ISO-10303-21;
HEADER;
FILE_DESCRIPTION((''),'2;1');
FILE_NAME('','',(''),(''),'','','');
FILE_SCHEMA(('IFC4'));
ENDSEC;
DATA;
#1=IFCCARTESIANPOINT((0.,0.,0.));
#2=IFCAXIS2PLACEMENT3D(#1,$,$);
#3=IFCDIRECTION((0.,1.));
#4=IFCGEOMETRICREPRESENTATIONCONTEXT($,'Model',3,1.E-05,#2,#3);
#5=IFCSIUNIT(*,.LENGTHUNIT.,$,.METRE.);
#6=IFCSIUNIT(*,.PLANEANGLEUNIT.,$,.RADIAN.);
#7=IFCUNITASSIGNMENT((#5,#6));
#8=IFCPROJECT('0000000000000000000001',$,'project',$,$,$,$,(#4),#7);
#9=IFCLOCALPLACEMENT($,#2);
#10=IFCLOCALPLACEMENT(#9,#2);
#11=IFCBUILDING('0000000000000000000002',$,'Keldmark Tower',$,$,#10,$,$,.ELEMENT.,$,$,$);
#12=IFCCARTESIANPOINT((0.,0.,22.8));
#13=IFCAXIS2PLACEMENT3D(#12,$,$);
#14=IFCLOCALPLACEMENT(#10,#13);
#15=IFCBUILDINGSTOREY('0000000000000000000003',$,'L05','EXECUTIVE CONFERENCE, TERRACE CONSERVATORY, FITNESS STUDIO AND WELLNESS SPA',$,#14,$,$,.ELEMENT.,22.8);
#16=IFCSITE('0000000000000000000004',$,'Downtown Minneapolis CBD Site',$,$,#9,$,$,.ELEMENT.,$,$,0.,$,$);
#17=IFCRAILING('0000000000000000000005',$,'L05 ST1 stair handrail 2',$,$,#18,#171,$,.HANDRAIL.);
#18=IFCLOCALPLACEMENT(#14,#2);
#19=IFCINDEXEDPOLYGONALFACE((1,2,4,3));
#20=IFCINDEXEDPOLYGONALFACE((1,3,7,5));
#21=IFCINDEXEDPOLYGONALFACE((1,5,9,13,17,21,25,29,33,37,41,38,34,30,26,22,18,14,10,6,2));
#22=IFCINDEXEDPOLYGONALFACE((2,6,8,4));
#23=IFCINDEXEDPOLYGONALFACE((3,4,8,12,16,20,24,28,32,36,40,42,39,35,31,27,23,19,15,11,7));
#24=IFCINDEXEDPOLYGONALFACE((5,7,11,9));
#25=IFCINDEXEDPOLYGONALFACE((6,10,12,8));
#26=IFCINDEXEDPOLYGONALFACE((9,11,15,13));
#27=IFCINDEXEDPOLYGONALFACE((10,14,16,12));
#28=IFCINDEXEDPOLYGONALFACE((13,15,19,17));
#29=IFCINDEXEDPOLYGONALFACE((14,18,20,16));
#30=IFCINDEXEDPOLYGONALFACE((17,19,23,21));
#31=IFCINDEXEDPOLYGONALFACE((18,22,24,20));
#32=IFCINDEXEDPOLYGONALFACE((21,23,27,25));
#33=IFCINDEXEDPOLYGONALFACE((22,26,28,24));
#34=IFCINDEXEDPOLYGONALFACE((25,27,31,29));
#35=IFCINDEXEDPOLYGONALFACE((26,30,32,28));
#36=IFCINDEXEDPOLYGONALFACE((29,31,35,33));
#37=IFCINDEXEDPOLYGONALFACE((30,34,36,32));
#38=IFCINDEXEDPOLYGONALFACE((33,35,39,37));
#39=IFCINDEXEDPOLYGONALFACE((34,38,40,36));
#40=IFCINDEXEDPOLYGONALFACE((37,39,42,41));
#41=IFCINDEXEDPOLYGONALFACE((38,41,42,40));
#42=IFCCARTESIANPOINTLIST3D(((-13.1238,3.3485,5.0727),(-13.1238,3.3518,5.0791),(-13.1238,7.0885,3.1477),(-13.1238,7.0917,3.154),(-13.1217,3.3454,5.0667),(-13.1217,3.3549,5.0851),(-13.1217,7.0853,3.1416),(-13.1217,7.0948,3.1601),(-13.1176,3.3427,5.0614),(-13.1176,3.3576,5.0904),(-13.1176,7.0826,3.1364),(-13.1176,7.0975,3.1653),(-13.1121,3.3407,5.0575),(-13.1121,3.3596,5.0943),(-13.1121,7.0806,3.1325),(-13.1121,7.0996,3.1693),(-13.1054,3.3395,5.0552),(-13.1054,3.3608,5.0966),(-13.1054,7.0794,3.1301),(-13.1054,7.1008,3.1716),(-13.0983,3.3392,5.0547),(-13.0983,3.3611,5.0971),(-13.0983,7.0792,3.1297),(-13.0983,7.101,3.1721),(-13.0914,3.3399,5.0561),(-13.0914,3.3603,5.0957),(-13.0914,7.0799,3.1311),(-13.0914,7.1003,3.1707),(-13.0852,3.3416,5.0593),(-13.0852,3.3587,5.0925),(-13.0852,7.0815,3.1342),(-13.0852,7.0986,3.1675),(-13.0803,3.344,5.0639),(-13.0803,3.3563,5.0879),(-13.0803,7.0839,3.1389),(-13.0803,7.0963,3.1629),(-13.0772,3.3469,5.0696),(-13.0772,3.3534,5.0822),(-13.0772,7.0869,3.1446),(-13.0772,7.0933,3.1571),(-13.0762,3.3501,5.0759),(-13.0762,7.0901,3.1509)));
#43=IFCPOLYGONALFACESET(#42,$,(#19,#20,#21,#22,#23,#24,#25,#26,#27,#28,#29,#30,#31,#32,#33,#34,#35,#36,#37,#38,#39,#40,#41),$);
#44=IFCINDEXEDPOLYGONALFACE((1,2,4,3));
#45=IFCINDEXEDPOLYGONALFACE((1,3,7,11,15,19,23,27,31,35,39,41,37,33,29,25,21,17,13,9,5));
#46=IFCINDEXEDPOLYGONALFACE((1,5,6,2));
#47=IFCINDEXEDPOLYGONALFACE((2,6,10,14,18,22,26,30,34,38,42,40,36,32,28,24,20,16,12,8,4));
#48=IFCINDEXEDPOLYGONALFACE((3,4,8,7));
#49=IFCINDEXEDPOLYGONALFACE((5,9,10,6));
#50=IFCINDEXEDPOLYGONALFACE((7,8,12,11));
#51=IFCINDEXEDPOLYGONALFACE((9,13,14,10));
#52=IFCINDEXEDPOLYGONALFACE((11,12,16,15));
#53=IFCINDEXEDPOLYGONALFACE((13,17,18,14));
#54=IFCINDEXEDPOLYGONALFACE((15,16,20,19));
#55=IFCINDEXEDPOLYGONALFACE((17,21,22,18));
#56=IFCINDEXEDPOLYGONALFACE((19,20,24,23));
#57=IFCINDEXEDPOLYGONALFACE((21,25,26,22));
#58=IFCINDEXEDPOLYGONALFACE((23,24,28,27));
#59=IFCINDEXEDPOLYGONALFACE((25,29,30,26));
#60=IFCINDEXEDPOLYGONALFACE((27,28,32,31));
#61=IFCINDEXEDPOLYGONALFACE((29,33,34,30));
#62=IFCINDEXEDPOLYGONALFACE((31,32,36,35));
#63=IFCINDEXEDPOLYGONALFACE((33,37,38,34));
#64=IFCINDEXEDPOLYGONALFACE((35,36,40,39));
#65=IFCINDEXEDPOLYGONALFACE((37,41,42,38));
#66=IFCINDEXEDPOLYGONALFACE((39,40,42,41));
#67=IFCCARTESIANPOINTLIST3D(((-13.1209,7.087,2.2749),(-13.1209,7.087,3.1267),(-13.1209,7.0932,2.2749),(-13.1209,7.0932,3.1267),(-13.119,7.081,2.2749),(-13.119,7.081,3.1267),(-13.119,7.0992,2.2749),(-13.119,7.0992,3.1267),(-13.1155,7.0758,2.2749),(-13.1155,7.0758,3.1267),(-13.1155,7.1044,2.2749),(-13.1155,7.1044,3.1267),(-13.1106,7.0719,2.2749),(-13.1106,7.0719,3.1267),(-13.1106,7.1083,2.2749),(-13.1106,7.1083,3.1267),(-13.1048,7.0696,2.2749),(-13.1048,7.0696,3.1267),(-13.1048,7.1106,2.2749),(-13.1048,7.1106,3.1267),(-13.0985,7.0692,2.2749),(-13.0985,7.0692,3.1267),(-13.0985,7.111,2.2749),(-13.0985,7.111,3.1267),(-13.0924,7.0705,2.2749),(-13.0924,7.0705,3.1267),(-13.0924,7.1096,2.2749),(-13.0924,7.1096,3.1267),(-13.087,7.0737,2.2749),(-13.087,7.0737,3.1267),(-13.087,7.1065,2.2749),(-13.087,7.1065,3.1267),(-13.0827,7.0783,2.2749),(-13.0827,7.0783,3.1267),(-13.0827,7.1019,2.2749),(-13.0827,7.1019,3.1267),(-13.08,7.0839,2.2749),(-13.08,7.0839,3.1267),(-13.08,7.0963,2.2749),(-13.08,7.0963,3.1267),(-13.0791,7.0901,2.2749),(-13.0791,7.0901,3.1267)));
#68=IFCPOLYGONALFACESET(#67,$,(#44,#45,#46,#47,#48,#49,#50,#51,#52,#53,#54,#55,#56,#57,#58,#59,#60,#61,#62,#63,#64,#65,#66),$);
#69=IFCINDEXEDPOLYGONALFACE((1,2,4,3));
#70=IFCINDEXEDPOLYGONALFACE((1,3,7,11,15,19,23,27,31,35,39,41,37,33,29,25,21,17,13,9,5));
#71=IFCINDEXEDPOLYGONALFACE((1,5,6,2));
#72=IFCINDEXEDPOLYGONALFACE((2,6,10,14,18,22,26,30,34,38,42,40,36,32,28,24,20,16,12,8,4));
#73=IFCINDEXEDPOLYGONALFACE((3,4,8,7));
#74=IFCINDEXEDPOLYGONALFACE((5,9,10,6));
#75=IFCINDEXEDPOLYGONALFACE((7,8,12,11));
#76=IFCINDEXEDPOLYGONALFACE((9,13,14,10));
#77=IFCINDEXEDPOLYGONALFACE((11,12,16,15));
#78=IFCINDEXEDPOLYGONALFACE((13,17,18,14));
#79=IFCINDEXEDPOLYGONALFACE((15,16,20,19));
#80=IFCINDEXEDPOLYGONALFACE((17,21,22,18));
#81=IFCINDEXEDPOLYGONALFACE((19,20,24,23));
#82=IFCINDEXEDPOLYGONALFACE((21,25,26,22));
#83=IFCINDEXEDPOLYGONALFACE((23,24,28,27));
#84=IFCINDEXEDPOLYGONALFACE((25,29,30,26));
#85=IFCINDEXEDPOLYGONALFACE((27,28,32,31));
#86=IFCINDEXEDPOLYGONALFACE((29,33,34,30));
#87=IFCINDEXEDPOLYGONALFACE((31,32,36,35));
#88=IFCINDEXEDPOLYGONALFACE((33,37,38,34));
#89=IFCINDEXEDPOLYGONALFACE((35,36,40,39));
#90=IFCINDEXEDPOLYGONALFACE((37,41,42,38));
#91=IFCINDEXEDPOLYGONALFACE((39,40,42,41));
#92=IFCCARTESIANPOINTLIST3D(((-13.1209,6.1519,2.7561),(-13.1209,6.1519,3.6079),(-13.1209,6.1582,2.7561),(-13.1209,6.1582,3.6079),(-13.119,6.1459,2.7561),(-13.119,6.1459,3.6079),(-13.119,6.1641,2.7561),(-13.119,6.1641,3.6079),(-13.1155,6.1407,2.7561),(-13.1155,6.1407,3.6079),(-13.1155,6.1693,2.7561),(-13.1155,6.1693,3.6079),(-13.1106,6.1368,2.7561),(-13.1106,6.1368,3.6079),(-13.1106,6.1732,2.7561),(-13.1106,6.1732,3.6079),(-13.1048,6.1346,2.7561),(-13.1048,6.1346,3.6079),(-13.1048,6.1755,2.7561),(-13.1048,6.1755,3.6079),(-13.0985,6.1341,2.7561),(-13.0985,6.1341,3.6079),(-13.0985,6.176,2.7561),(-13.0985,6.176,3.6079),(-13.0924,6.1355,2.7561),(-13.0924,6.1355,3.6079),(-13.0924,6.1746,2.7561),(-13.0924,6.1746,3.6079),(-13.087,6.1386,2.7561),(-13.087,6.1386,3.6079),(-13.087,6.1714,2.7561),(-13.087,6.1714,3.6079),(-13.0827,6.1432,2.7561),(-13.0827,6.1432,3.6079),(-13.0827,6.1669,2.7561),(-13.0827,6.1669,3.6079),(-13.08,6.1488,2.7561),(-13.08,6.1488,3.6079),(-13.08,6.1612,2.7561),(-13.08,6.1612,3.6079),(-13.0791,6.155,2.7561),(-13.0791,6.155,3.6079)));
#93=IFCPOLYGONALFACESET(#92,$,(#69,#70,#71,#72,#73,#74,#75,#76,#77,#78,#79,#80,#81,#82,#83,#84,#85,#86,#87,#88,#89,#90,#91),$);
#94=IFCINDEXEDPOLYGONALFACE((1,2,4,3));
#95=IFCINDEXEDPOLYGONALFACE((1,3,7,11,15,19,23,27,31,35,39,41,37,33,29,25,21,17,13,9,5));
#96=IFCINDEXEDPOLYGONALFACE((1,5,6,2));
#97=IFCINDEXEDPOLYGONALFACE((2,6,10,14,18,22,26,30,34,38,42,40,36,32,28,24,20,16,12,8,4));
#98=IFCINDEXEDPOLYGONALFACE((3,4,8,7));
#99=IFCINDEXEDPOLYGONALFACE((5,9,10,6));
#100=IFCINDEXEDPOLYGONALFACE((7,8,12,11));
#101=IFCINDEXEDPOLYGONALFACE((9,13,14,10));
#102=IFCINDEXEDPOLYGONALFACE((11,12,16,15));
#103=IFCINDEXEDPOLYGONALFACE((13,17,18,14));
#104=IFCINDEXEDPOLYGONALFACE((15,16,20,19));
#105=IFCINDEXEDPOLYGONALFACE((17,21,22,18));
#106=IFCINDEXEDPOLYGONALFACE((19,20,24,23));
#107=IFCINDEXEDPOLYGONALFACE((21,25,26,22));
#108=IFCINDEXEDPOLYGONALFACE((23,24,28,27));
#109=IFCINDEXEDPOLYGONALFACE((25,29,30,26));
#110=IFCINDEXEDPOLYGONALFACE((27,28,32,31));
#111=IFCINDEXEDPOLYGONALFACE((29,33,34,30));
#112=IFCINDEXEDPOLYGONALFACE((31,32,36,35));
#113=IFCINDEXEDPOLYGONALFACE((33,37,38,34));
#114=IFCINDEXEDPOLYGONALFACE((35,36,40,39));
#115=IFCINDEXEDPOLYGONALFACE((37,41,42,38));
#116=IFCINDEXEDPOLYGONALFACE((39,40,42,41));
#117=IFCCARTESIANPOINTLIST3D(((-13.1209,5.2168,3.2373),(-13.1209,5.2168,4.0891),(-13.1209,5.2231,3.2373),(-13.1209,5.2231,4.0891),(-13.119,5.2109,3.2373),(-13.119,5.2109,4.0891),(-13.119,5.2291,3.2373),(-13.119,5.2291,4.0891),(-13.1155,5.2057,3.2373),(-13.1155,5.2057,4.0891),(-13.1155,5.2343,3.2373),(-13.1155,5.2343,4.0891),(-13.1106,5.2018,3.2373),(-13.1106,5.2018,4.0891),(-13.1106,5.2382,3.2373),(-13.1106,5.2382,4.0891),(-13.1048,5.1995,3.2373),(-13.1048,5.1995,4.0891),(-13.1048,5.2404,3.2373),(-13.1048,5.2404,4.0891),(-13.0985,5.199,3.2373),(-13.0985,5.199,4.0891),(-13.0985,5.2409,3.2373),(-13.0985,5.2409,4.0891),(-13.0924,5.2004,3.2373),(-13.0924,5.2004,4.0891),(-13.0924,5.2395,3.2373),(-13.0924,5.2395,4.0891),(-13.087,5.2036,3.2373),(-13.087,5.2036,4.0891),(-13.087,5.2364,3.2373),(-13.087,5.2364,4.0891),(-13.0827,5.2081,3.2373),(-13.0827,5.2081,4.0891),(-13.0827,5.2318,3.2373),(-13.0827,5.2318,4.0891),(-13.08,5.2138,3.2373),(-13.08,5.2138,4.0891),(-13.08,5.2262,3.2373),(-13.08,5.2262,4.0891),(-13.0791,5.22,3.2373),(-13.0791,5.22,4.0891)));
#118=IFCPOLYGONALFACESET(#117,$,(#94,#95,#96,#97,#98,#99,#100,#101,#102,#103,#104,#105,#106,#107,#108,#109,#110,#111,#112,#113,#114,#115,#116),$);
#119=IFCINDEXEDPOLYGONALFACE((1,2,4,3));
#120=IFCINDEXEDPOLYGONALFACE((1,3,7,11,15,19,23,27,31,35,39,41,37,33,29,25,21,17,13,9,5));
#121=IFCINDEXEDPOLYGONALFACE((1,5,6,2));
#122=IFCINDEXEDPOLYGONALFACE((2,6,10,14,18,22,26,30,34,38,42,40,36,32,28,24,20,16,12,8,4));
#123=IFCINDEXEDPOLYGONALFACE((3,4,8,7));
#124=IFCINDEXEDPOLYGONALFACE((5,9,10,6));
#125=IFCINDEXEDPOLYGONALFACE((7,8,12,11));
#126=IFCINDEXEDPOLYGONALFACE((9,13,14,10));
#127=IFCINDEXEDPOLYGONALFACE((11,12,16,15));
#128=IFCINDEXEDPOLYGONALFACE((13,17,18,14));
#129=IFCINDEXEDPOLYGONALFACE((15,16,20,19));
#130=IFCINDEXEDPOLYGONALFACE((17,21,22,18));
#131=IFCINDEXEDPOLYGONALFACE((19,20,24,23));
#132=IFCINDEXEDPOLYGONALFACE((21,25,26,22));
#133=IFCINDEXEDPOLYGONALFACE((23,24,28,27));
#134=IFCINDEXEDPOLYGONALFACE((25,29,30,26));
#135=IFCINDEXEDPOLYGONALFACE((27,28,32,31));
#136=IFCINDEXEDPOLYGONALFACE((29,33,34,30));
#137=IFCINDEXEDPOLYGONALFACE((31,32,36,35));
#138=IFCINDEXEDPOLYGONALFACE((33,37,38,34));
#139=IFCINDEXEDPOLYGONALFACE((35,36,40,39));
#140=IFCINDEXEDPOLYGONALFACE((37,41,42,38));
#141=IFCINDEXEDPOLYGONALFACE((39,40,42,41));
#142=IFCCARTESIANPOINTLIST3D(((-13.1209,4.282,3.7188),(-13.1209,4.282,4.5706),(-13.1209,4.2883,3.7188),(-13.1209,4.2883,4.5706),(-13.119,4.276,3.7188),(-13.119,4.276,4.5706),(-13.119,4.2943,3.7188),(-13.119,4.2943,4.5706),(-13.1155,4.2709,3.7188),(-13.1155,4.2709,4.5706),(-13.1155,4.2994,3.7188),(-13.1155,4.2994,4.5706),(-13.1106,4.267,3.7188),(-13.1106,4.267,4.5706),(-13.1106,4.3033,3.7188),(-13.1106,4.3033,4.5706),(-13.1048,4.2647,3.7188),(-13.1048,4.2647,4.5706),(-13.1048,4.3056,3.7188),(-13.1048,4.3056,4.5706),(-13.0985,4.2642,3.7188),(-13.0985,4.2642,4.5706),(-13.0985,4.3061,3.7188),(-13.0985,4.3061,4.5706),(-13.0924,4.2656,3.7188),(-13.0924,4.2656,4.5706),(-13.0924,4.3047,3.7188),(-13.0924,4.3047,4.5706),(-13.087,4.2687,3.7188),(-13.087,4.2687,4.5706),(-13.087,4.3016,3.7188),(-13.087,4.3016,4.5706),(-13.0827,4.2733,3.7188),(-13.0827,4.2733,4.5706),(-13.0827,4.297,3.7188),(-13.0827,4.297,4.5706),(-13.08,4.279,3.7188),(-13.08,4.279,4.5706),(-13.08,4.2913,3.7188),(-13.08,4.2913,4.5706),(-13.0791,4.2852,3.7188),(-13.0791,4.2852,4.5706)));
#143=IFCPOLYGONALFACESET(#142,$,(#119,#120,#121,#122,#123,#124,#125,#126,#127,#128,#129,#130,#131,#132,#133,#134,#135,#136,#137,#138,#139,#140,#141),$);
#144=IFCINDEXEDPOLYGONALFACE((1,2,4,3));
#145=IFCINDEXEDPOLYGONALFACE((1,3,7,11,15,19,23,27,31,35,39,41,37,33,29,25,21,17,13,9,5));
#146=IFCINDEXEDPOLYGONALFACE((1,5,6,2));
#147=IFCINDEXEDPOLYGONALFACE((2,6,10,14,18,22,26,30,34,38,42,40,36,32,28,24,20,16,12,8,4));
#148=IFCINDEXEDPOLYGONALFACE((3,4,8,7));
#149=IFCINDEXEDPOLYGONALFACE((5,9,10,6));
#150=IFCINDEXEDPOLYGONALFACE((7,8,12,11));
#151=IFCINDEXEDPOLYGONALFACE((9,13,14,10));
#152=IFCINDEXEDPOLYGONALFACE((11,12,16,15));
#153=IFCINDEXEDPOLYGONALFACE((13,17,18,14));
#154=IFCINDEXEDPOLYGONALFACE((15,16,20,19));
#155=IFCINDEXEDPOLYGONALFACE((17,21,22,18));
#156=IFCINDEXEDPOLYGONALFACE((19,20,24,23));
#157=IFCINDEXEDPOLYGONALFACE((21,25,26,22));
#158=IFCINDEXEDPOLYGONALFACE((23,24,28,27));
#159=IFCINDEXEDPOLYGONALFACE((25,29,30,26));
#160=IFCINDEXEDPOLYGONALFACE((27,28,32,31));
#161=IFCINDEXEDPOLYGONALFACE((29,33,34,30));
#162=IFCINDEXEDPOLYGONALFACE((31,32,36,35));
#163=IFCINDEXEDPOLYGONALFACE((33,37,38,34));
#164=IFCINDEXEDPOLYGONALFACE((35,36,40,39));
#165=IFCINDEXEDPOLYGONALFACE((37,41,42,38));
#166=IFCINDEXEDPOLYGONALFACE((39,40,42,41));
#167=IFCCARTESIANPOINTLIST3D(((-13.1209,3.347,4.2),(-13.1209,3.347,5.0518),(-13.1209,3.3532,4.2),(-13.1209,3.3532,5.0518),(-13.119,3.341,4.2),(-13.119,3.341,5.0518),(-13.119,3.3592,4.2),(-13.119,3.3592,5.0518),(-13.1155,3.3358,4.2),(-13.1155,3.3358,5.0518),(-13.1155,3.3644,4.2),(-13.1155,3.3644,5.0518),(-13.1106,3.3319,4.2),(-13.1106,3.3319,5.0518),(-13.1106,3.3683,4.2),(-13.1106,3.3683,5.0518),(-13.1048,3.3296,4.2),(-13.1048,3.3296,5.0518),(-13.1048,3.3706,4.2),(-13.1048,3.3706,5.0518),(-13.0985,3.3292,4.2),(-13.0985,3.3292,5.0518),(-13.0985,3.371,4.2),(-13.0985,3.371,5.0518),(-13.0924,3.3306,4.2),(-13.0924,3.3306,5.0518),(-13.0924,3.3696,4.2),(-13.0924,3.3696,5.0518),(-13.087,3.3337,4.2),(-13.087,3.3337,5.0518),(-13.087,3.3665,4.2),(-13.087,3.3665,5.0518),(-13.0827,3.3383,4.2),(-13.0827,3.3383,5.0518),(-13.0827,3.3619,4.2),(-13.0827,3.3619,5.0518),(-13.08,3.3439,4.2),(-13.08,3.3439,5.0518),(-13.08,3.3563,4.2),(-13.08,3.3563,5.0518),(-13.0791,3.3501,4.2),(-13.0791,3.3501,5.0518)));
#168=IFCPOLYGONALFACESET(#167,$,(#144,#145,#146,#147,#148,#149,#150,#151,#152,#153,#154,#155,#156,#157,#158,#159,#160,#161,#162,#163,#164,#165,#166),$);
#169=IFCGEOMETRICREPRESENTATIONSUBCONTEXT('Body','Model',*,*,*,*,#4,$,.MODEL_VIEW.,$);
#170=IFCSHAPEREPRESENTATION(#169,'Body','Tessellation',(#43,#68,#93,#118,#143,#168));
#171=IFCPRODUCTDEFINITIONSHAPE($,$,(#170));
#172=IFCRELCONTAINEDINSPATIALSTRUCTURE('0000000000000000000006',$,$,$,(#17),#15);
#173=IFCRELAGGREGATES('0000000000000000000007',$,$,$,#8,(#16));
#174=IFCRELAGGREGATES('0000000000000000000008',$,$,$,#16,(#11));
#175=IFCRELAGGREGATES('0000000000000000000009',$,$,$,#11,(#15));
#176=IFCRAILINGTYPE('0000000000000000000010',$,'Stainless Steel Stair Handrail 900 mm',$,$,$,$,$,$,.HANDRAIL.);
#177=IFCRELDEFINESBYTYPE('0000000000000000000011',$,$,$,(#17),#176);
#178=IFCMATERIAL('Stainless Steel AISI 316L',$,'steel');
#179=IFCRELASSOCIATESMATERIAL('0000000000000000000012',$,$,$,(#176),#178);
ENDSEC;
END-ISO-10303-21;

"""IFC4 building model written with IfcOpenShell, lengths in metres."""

from ifc_helpers import new_model, si_unit, direction, frame, origin, origin_2d, place, context, subcontext, project, spatial, circle, extrude, material, type_object, element, save


model = new_model("IFC4")

# Units and contexts
model_context = context("Model", 3, precision=1e-05, world=origin(), true_north=direction((0.0, 1.0)))
body_context = subcontext(model_context, "Body", "Model", "MODEL_VIEW")
ifc_project = project(units=[si_unit("LENGTHUNIT", "METRE"), si_unit("PLANEANGLEUNIT", "RADIAN")], contexts=[model_context])

# Site, building, storey
site_placement = place(None, origin())
site = spatial("IfcSite", under=ifc_project, at=site_placement, Name="Downtown Minneapolis CBD Site", CompositionType="ELEMENT", RefElevation=0.0)
building_placement = place(site_placement, origin())
building = spatial("IfcBuilding", under=site, at=building_placement, Name="Keldmark Tower", CompositionType="ELEMENT")
storey_placement = place(building_placement, frame((0.0, 0.0, 22.8)))
storey = spatial("IfcBuildingStorey", under=building, at=storey_placement, Name="L05", Description="EXECUTIVE CONFERENCE, TERRACE CONSERVATORY, FITNESS STUDIO AND WELLNESS SPA", CompositionType="ELEMENT", Elevation=22.8)

# Railing
ifc_material_1 = material(Name="Stainless Steel AISI 316L", Category="steel")
railing_type = type_object("IfcRailingType", Name="Stainless Steel Stair Handrail 900 mm", PredefinedType="HANDRAIL", material=ifc_material_1)
railing_placement = place(storey_placement, frame((-13.1001, 7.0901, 2.2749)))
element("IfcRailing", 1, at=railing_placement, inside=storey, type_object=railing_type, Name="L05 ST1 stair handrail 2", PredefinedType="HANDRAIL", context=body_context, shape_type="SweptSolid", body=[
    extrude(circle(Radius=0.0239, at=origin_2d()), frame((0.0, 0.0, 0.876), z_axis=(0.0, -0.889131, 0.457654), x_axis=(1.0, 0.0, 0.0)), (0.0, 0.0, 1.0), 4.2063),
    extrude(circle(Radius=0.021, at=origin_2d()), origin(), (0.0, 0.0, 1.0), 0.8518),
    extrude(circle(Radius=0.021, at=origin_2d()), frame((0.0, -0.9351, 0.4812)), (0.0, 0.0, 1.0), 0.8518),
    extrude(circle(Radius=0.021, at=origin_2d()), frame((0.0, -1.8701, 0.9624)), (0.0, 0.0, 1.0), 0.8518),
    extrude(circle(Radius=0.021, at=origin_2d()), frame((0.0, -2.8049, 1.4438)), (0.0, 0.0, 1.0), 0.8518),
    extrude(circle(Radius=0.021, at=origin_2d()), frame((0.0, -3.74, 1.925)), (0.0, 0.0, 1.0), 0.8518),
])

save(model, "model.ifc")
